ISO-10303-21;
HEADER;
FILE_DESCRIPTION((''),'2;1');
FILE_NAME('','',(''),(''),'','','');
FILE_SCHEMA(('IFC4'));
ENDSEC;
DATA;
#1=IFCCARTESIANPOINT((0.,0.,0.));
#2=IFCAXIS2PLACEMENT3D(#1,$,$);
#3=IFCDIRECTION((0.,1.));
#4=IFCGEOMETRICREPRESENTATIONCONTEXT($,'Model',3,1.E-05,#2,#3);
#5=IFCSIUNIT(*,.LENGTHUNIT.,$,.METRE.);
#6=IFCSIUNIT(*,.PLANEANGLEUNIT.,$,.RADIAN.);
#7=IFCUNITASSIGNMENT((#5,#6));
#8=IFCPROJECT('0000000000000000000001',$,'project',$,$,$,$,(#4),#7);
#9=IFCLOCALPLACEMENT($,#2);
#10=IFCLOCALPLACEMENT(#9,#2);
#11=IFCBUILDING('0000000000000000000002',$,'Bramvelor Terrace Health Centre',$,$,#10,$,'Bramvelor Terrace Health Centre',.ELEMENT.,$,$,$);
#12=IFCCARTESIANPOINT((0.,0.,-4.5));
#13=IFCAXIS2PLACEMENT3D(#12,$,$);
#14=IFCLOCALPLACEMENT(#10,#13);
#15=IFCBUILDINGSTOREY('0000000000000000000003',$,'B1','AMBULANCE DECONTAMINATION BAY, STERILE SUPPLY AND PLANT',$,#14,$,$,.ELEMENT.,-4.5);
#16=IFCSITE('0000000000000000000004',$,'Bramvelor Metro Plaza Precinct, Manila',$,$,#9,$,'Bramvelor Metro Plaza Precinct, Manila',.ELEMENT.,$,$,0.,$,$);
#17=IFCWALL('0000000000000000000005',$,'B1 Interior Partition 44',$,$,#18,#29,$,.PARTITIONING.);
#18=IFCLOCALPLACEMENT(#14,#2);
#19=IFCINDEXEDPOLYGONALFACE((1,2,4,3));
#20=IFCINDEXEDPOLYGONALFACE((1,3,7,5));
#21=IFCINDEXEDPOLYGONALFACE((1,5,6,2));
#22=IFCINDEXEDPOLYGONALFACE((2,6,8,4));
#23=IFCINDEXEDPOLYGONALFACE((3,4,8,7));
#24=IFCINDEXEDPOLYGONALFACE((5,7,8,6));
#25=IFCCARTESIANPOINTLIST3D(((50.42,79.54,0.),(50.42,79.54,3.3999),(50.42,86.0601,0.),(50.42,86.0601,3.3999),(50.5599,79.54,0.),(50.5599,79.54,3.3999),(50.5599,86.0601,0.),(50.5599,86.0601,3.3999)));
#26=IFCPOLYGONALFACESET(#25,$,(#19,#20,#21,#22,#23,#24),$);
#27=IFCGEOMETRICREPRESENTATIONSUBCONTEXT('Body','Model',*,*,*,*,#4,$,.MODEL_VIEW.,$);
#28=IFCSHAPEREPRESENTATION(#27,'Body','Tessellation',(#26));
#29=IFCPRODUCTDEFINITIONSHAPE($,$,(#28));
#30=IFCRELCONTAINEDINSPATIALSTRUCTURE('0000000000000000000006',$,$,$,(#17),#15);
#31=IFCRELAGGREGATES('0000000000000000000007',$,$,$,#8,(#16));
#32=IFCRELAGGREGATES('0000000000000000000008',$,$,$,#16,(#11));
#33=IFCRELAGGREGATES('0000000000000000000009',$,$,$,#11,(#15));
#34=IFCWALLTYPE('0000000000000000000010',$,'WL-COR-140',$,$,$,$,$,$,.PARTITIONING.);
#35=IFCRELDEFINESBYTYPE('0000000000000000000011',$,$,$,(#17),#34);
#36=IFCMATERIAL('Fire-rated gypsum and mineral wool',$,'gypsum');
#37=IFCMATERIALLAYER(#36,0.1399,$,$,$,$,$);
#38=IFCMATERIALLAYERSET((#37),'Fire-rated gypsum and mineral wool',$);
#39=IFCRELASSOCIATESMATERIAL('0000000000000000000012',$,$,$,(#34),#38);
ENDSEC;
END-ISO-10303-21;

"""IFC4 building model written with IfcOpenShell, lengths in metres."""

from ifc_helpers import new_model, si_unit, direction, frame, frame_2d, origin, place, context, subcontext, project, spatial, rectangle, extrude, material, layer, layer_set, type_object, element, save


model = new_model("IFC4")

# Units and contexts
model_context = context("Model", 3, precision=1e-05, world=origin(), true_north=direction((0.0, 1.0)))
body_context = subcontext(model_context, "Body", "Model", "MODEL_VIEW")
ifc_project = project(units=[si_unit("LENGTHUNIT", "METRE"), si_unit("PLANEANGLEUNIT", "RADIAN")], contexts=[model_context])

# Site, building, storey
site_placement = place(None, origin())
site = spatial("IfcSite", under=ifc_project, at=site_placement, Name="Bramvelor Metro Plaza Precinct, Manila", LongName="Bramvelor Metro Plaza Precinct, Manila", CompositionType="ELEMENT", RefElevation=0.0)
building_placement = place(site_placement, origin())
building = spatial("IfcBuilding", under=site, at=building_placement, Name="Bramvelor Terrace Health Centre", LongName="Bramvelor Terrace Health Centre", CompositionType="ELEMENT")
storey_placement = place(building_placement, frame((0.0, 0.0, -4.5)))
storey = spatial("IfcBuildingStorey", under=building, at=storey_placement, Name="B1", Description="AMBULANCE DECONTAMINATION BAY, STERILE SUPPLY AND PLANT", CompositionType="ELEMENT", Elevation=-4.5)

# Wall
ifc_material_1 = material(Name="Fire-rated gypsum and mineral wool", Category="gypsum")
ifc_layer_1 = layer(ifc_material_1, 0.1399)
ifc_layer_set_1 = layer_set([ifc_layer_1], Name="Fire-rated gypsum and mineral wool")
wall_type_1 = type_object("IfcWallType", Name="WL-COR-140", PredefinedType="PARTITIONING", material=ifc_layer_set_1)
wall_1_placement = place(storey_placement, frame((50.49, 86.0601, 0.0), z_axis=(0.0, 0.0, 1.0), x_axis=(0.0, -1.0, 0.0)))
element("IfcWall", 1, at=wall_1_placement, inside=storey, type_object=wall_type_1, Name="B1 Interior Partition 44", PredefinedType="PARTITIONING", context=body_context, shape_type="SweptSolid", body=[
    extrude(rectangle(XDim=6.52, YDim=0.1399, at=frame_2d((3.26, 0.0))), origin(), (0.0, 0.0, 1.0), 3.3999),
])

save(model, "model.ifc")
